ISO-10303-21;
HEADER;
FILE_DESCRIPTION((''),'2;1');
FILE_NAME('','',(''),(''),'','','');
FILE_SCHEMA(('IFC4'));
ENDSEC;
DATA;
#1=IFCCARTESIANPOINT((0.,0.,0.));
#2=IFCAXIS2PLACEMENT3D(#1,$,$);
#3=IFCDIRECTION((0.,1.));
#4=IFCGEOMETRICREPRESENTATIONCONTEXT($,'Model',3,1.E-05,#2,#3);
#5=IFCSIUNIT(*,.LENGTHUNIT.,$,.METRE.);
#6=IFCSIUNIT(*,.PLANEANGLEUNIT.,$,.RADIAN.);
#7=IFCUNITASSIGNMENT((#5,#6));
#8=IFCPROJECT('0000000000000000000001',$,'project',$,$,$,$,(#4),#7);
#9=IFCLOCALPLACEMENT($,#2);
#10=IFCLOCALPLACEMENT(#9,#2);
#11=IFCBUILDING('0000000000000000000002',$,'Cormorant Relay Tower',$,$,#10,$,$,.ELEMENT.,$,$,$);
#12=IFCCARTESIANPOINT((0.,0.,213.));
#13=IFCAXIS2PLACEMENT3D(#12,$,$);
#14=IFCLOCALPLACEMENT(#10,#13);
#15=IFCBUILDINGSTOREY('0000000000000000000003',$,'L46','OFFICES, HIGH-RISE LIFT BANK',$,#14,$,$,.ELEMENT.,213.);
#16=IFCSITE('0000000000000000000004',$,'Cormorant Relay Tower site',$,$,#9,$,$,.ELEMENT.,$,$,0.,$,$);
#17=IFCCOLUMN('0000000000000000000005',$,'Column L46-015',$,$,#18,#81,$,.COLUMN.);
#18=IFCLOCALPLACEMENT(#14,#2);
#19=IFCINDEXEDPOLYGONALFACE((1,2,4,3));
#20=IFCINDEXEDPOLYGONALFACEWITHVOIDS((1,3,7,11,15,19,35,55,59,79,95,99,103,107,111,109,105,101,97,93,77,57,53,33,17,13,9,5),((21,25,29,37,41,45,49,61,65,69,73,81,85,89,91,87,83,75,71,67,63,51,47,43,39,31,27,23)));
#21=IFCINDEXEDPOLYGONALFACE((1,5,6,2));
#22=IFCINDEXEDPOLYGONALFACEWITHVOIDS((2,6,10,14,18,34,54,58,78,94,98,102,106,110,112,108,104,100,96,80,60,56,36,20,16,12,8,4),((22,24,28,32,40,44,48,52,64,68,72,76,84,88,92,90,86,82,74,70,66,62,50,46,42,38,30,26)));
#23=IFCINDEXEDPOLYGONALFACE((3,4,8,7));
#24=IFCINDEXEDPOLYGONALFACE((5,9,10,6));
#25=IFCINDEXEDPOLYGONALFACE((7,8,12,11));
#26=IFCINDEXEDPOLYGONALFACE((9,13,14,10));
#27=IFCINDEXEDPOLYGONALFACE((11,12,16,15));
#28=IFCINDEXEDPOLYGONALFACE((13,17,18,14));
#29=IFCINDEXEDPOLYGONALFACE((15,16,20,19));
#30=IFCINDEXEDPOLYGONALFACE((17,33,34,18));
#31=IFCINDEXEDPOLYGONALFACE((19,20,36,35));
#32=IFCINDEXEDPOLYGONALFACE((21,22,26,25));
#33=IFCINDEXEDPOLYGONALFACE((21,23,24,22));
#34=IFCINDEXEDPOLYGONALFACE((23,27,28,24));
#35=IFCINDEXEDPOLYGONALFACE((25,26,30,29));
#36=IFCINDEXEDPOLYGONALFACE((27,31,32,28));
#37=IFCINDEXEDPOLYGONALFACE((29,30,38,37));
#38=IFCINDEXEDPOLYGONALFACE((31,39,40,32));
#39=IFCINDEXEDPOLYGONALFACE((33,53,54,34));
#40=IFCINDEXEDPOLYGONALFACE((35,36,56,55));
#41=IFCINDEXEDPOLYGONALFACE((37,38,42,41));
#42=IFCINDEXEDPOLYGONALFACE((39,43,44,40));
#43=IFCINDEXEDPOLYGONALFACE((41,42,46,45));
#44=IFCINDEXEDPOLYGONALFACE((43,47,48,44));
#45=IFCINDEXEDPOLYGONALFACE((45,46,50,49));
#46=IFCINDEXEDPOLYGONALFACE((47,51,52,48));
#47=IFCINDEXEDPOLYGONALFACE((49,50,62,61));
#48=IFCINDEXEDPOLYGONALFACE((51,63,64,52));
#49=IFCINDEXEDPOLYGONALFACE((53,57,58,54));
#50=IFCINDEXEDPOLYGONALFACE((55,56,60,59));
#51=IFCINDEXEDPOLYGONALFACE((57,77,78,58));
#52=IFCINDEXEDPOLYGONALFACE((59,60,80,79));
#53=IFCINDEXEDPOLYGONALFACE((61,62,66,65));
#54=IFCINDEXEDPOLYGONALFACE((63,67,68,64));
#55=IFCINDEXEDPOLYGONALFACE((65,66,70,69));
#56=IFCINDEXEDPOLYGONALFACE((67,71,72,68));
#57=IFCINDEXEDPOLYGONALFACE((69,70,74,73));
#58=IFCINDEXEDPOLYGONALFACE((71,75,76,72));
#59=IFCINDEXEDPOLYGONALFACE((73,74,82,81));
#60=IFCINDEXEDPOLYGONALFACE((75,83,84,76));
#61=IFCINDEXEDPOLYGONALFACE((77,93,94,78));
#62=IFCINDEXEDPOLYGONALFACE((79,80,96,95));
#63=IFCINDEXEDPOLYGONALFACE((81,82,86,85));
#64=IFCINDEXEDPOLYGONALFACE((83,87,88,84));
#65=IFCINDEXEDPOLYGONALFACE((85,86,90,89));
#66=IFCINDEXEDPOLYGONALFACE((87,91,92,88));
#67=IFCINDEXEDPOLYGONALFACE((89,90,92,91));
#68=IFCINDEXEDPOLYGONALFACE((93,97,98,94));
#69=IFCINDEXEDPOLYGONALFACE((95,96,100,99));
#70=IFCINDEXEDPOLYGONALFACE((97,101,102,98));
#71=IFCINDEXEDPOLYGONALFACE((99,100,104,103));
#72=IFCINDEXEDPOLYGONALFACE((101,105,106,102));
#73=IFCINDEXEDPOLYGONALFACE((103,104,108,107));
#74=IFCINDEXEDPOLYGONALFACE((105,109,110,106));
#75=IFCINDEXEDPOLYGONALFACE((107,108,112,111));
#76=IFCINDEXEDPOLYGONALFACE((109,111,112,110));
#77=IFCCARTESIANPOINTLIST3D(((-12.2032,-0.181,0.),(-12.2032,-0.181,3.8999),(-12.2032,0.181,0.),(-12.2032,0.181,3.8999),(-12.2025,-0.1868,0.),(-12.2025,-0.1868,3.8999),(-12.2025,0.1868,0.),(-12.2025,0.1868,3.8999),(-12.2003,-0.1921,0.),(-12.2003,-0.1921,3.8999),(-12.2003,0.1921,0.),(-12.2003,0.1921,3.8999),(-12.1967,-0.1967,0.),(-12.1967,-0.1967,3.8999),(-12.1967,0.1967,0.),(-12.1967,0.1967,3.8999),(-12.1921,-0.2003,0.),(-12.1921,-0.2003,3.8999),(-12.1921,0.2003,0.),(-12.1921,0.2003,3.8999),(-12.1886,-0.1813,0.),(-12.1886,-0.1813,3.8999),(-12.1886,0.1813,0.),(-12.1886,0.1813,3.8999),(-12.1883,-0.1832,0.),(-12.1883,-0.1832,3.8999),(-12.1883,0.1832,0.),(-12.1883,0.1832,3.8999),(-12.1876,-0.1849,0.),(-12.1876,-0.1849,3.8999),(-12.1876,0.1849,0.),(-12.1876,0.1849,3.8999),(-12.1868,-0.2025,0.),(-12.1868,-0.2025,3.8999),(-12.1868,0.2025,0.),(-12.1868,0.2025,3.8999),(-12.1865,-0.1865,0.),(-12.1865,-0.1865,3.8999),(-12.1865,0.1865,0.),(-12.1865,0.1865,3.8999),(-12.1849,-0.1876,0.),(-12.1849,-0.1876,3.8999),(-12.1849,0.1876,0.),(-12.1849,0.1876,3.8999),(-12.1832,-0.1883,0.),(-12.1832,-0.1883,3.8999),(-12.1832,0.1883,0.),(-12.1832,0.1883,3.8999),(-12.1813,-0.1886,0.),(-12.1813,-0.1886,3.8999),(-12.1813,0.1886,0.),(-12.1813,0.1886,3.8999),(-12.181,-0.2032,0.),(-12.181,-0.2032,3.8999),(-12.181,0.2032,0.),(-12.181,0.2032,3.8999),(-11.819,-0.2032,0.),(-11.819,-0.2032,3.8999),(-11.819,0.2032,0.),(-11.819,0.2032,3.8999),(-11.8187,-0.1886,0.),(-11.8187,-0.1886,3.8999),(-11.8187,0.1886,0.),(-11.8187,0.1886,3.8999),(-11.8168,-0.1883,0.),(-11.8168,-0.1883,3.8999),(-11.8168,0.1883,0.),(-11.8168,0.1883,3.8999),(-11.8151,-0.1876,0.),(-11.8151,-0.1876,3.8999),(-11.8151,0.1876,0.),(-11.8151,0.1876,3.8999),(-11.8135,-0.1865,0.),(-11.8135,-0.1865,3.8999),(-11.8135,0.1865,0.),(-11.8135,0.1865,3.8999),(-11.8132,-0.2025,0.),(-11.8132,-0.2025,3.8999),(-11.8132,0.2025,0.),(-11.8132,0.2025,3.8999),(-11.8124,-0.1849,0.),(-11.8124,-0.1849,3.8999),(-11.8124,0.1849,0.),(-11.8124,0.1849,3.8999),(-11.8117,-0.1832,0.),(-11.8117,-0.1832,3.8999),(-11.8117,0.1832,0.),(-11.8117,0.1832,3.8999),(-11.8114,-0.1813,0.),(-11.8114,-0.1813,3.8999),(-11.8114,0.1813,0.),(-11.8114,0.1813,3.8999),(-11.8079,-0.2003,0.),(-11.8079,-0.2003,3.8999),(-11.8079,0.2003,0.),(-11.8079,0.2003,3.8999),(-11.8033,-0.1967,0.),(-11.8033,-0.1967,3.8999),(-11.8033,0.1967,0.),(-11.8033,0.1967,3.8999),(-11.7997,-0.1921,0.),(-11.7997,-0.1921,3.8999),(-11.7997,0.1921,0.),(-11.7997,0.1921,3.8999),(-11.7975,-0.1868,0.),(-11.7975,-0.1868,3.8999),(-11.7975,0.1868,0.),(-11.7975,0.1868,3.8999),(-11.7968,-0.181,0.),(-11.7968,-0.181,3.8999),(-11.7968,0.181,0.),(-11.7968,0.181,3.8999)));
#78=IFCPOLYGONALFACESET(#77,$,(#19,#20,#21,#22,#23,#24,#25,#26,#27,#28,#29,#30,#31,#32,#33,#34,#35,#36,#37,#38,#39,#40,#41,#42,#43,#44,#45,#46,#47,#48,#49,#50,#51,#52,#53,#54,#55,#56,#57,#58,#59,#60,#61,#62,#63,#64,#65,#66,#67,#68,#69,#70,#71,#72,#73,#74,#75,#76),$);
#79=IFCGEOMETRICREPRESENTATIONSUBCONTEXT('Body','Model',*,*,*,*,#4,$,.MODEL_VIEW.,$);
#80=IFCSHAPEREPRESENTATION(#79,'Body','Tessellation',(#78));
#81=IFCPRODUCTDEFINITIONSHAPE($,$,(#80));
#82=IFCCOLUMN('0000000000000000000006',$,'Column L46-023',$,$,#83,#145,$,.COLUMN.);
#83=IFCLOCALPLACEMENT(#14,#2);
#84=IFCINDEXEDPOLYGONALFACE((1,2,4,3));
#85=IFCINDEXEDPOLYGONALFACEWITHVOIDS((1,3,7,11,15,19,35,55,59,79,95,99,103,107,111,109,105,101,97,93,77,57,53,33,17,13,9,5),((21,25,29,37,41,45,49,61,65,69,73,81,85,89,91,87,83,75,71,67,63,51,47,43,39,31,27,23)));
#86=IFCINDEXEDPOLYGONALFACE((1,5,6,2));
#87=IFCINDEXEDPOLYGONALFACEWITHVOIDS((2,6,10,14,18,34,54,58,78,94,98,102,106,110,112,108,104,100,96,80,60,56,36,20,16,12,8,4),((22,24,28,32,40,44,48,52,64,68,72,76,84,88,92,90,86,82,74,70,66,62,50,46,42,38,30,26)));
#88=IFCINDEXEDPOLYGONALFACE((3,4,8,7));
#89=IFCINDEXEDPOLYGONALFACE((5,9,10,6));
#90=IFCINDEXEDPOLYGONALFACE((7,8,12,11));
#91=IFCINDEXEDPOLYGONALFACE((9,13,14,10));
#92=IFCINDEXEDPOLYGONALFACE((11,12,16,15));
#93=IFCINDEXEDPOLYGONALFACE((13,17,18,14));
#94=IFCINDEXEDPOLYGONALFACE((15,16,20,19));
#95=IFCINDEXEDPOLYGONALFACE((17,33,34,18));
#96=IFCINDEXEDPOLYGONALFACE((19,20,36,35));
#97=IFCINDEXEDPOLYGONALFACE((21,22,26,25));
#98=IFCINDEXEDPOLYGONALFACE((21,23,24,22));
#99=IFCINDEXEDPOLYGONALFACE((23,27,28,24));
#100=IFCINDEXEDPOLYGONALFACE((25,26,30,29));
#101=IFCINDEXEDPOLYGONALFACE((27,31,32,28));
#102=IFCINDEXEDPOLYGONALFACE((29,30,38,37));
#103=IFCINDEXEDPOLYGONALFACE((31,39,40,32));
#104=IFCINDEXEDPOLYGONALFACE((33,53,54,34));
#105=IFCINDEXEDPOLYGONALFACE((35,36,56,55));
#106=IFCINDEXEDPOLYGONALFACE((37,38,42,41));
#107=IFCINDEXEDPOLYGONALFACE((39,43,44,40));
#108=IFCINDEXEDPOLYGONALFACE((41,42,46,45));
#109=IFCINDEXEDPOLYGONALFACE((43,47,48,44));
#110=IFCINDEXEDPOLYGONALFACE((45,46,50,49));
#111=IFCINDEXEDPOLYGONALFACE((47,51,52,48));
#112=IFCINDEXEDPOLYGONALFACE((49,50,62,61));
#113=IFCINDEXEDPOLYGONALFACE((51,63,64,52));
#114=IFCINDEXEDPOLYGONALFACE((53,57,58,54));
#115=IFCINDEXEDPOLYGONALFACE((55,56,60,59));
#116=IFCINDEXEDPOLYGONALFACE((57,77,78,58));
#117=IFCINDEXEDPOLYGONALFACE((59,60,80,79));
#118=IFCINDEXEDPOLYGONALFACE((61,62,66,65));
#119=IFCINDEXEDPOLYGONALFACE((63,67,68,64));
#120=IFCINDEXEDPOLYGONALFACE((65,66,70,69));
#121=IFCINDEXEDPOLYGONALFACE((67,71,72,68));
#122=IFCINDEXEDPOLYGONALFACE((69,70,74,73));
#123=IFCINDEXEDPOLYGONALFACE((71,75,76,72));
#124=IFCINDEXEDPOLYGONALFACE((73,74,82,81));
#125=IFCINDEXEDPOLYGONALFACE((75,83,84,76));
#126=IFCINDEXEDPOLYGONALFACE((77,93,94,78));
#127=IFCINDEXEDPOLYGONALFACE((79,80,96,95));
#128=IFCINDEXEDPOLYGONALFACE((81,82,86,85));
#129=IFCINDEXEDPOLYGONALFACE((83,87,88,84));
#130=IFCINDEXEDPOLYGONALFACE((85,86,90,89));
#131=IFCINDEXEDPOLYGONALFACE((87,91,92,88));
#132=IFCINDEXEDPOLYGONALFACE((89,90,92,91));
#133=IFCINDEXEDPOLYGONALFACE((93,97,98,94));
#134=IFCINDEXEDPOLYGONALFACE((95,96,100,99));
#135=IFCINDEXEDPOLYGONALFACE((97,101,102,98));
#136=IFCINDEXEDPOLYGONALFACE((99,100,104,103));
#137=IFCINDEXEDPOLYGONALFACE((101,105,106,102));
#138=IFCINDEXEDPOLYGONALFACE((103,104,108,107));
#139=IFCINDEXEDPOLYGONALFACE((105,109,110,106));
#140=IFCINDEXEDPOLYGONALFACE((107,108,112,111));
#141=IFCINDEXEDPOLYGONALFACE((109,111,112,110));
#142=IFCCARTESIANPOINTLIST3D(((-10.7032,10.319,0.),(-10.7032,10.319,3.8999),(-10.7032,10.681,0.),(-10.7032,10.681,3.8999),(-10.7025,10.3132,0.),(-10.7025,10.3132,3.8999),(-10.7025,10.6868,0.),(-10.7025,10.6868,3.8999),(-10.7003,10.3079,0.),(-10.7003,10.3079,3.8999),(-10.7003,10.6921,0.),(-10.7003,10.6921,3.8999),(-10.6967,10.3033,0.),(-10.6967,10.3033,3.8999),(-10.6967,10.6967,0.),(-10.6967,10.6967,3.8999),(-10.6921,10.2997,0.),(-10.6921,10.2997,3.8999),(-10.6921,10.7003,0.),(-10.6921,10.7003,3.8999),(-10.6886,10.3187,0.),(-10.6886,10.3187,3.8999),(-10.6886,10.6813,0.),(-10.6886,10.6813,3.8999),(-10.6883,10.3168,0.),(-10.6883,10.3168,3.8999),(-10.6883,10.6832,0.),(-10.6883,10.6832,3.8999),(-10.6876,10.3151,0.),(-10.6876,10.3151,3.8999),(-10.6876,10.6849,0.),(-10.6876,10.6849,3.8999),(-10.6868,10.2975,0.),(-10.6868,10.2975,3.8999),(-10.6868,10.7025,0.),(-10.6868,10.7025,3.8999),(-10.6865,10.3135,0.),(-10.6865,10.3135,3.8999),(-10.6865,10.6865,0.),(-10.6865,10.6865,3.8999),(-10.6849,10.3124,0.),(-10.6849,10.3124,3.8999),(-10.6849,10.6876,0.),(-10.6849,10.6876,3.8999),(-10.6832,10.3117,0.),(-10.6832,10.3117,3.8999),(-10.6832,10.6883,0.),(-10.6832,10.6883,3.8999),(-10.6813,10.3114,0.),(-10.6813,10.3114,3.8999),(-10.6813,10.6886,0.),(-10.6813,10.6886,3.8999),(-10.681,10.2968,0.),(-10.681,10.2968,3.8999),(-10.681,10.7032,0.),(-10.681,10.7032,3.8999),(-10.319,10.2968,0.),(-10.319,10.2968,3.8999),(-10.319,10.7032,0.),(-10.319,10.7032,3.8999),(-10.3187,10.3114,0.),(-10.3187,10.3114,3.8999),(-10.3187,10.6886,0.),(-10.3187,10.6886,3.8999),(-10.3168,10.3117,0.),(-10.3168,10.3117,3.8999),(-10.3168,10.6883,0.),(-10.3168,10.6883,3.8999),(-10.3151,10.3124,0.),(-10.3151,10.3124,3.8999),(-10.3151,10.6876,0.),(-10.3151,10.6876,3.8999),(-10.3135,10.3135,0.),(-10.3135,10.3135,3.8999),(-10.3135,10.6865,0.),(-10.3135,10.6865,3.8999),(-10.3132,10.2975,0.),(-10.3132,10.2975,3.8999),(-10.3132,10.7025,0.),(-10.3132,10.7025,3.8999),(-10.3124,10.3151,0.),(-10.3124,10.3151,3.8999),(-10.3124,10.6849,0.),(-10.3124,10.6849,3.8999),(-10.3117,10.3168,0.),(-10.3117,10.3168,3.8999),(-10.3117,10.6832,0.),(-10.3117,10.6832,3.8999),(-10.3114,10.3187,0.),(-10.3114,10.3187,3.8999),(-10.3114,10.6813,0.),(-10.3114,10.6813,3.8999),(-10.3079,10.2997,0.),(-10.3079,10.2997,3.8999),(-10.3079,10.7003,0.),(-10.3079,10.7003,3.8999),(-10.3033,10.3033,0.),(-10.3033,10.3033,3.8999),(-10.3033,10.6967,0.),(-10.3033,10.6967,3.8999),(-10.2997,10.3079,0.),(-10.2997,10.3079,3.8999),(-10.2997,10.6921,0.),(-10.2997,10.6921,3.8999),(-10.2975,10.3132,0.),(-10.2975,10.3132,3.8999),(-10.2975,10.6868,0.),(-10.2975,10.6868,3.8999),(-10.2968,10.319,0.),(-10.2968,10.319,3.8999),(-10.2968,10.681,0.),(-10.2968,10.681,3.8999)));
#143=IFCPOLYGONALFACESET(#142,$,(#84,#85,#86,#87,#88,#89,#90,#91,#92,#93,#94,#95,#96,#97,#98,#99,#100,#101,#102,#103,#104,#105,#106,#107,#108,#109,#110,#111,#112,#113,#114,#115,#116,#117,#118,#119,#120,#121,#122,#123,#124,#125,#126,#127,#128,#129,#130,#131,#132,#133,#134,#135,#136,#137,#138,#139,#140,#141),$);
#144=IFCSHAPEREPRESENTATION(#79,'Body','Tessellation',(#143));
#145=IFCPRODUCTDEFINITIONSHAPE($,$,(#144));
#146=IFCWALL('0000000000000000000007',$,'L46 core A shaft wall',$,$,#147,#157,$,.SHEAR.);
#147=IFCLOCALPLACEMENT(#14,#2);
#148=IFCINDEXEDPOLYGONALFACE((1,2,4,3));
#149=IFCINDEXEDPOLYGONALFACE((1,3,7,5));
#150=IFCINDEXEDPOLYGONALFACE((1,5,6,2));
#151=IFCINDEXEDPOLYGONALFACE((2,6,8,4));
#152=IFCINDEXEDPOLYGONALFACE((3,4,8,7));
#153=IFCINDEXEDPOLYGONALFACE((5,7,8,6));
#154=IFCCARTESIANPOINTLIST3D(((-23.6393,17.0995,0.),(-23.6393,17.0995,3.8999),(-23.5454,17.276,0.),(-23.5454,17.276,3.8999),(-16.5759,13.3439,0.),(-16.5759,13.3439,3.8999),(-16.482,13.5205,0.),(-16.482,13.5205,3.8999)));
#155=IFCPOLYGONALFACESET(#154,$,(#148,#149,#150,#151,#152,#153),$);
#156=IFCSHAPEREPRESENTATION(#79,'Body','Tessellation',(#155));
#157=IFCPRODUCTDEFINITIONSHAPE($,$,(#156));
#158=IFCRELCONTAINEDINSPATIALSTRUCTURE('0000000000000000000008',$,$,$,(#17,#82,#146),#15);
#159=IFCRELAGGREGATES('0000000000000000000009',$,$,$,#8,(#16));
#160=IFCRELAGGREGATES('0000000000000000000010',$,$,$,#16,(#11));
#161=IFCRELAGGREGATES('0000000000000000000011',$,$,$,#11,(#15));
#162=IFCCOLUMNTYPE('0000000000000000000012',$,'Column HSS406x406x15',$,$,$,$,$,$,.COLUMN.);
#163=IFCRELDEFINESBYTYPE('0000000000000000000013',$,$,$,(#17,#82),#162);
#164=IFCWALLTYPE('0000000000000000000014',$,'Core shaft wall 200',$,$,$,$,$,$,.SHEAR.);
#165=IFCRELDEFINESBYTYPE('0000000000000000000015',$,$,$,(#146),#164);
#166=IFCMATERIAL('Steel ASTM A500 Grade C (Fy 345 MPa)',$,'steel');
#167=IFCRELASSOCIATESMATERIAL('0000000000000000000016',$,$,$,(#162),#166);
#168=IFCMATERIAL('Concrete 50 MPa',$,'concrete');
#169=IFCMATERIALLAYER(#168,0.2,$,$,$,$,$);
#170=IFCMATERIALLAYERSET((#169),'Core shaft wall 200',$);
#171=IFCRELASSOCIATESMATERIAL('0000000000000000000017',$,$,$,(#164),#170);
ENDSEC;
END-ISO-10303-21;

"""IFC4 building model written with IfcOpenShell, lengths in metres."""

from ifc_helpers import new_model, si_unit, direction, frame, frame_2d, origin, origin_2d, place, context, subcontext, project, spatial, rectangle, hollow_rectangle, extrude, material, layer, layer_set, material_profile, profile_set, type_object, element, save


model = new_model("IFC4")

# Units and contexts
model_context = context("Model", 3, precision=1e-05, world=origin(), true_north=direction((0.0, 1.0)))
body_context = subcontext(model_context, "Body", "Model", "MODEL_VIEW")
ifc_project = project(units=[si_unit("LENGTHUNIT", "METRE"), si_unit("PLANEANGLEUNIT", "RADIAN")], contexts=[model_context])

# Site, building, storey
site_placement = place(None, origin())
site = spatial("IfcSite", under=ifc_project, at=site_placement, Name="Cormorant Relay Tower site", CompositionType="ELEMENT", RefElevation=0.0)
building_placement = place(site_placement, origin())
building = spatial("IfcBuilding", under=site, at=building_placement, Name="Cormorant Relay Tower", CompositionType="ELEMENT")
storey_placement = place(building_placement, frame((0.0, 0.0, 213.0)))
storey = spatial("IfcBuildingStorey", under=building, at=storey_placement, Name="L46", Description="OFFICES, HIGH-RISE LIFT BANK", CompositionType="ELEMENT", Elevation=213.0)

# Columns
ifc_material_1 = material(Name="Steel ASTM A500 Grade C (Fy 345 MPa)", Category="steel")
ifc_material_profile = material_profile(ifc_material_1, hollow_rectangle(XDim=0.4065, YDim=0.4065, WallThickness=0.0146, InnerFilletRadius=0.0073, OuterFilletRadius=0.0222, at=origin_2d()), Name="HSS406x406x15")
ifc_profile_set = profile_set([ifc_material_profile], Name="Steel ASTM A500 Grade C (Fy 345 MPa)")
column_type = type_object("IfcColumnType", Name="Column HSS406x406x15", PredefinedType="COLUMN", material=ifc_profile_set)
for number, where, z_axis, x_axis, name in (
    (1, (-12.0, 0.0, 0.0), (0.0, 0.0, 1.0), (1.0, 0.0, 0.0), "Column L46-015"),
    (2, (-10.5, 10.5, 0.0), (0.0, 0.0, 1.0), (1.0, 0.0, 0.0), "Column L46-023"),
):
    element("IfcColumn", number, at=place(storey_placement, frame(where, z_axis=z_axis, x_axis=x_axis)), inside=storey, type_object=column_type, Name=name, PredefinedType="COLUMN", context=body_context, shape_type="SweptSolid", body=[
        extrude(hollow_rectangle(XDim=0.4065, YDim=0.4065, WallThickness=0.0146, InnerFilletRadius=0.0073, OuterFilletRadius=0.0222, at=origin_2d()), origin(), (0.0, 0.0, 1.0), 3.8999),
    ])

# Wall
ifc_material_2 = material(Name="Concrete 50 MPa", Category="concrete")
ifc_layer_1 = layer(ifc_material_2, 0.2)
ifc_layer_set_1 = layer_set([ifc_layer_1], Name="Core shaft wall 200")
wall_type_1 = type_object("IfcWallType", Name="Core shaft wall 200", PredefinedType="SHEAR", material=ifc_layer_set_1)
wall_1_placement = place(storey_placement, frame((-16.5288, 13.4321, 0.0), z_axis=(0.0, 0.0, 1.0), x_axis=(-0.882953, 0.469462, 0.0)))
element("IfcWall", 3, at=wall_1_placement, inside=storey, type_object=wall_type_1, Name="L46 core A shaft wall", PredefinedType="SHEAR", context=body_context, shape_type="SweptSolid", body=[
    extrude(rectangle(XDim=7.9998, YDim=0.2, at=frame_2d((4.0, 0.0))), origin(), (0.0, 0.0, 1.0), 3.8999),
])

save(model, "model.ifc")
